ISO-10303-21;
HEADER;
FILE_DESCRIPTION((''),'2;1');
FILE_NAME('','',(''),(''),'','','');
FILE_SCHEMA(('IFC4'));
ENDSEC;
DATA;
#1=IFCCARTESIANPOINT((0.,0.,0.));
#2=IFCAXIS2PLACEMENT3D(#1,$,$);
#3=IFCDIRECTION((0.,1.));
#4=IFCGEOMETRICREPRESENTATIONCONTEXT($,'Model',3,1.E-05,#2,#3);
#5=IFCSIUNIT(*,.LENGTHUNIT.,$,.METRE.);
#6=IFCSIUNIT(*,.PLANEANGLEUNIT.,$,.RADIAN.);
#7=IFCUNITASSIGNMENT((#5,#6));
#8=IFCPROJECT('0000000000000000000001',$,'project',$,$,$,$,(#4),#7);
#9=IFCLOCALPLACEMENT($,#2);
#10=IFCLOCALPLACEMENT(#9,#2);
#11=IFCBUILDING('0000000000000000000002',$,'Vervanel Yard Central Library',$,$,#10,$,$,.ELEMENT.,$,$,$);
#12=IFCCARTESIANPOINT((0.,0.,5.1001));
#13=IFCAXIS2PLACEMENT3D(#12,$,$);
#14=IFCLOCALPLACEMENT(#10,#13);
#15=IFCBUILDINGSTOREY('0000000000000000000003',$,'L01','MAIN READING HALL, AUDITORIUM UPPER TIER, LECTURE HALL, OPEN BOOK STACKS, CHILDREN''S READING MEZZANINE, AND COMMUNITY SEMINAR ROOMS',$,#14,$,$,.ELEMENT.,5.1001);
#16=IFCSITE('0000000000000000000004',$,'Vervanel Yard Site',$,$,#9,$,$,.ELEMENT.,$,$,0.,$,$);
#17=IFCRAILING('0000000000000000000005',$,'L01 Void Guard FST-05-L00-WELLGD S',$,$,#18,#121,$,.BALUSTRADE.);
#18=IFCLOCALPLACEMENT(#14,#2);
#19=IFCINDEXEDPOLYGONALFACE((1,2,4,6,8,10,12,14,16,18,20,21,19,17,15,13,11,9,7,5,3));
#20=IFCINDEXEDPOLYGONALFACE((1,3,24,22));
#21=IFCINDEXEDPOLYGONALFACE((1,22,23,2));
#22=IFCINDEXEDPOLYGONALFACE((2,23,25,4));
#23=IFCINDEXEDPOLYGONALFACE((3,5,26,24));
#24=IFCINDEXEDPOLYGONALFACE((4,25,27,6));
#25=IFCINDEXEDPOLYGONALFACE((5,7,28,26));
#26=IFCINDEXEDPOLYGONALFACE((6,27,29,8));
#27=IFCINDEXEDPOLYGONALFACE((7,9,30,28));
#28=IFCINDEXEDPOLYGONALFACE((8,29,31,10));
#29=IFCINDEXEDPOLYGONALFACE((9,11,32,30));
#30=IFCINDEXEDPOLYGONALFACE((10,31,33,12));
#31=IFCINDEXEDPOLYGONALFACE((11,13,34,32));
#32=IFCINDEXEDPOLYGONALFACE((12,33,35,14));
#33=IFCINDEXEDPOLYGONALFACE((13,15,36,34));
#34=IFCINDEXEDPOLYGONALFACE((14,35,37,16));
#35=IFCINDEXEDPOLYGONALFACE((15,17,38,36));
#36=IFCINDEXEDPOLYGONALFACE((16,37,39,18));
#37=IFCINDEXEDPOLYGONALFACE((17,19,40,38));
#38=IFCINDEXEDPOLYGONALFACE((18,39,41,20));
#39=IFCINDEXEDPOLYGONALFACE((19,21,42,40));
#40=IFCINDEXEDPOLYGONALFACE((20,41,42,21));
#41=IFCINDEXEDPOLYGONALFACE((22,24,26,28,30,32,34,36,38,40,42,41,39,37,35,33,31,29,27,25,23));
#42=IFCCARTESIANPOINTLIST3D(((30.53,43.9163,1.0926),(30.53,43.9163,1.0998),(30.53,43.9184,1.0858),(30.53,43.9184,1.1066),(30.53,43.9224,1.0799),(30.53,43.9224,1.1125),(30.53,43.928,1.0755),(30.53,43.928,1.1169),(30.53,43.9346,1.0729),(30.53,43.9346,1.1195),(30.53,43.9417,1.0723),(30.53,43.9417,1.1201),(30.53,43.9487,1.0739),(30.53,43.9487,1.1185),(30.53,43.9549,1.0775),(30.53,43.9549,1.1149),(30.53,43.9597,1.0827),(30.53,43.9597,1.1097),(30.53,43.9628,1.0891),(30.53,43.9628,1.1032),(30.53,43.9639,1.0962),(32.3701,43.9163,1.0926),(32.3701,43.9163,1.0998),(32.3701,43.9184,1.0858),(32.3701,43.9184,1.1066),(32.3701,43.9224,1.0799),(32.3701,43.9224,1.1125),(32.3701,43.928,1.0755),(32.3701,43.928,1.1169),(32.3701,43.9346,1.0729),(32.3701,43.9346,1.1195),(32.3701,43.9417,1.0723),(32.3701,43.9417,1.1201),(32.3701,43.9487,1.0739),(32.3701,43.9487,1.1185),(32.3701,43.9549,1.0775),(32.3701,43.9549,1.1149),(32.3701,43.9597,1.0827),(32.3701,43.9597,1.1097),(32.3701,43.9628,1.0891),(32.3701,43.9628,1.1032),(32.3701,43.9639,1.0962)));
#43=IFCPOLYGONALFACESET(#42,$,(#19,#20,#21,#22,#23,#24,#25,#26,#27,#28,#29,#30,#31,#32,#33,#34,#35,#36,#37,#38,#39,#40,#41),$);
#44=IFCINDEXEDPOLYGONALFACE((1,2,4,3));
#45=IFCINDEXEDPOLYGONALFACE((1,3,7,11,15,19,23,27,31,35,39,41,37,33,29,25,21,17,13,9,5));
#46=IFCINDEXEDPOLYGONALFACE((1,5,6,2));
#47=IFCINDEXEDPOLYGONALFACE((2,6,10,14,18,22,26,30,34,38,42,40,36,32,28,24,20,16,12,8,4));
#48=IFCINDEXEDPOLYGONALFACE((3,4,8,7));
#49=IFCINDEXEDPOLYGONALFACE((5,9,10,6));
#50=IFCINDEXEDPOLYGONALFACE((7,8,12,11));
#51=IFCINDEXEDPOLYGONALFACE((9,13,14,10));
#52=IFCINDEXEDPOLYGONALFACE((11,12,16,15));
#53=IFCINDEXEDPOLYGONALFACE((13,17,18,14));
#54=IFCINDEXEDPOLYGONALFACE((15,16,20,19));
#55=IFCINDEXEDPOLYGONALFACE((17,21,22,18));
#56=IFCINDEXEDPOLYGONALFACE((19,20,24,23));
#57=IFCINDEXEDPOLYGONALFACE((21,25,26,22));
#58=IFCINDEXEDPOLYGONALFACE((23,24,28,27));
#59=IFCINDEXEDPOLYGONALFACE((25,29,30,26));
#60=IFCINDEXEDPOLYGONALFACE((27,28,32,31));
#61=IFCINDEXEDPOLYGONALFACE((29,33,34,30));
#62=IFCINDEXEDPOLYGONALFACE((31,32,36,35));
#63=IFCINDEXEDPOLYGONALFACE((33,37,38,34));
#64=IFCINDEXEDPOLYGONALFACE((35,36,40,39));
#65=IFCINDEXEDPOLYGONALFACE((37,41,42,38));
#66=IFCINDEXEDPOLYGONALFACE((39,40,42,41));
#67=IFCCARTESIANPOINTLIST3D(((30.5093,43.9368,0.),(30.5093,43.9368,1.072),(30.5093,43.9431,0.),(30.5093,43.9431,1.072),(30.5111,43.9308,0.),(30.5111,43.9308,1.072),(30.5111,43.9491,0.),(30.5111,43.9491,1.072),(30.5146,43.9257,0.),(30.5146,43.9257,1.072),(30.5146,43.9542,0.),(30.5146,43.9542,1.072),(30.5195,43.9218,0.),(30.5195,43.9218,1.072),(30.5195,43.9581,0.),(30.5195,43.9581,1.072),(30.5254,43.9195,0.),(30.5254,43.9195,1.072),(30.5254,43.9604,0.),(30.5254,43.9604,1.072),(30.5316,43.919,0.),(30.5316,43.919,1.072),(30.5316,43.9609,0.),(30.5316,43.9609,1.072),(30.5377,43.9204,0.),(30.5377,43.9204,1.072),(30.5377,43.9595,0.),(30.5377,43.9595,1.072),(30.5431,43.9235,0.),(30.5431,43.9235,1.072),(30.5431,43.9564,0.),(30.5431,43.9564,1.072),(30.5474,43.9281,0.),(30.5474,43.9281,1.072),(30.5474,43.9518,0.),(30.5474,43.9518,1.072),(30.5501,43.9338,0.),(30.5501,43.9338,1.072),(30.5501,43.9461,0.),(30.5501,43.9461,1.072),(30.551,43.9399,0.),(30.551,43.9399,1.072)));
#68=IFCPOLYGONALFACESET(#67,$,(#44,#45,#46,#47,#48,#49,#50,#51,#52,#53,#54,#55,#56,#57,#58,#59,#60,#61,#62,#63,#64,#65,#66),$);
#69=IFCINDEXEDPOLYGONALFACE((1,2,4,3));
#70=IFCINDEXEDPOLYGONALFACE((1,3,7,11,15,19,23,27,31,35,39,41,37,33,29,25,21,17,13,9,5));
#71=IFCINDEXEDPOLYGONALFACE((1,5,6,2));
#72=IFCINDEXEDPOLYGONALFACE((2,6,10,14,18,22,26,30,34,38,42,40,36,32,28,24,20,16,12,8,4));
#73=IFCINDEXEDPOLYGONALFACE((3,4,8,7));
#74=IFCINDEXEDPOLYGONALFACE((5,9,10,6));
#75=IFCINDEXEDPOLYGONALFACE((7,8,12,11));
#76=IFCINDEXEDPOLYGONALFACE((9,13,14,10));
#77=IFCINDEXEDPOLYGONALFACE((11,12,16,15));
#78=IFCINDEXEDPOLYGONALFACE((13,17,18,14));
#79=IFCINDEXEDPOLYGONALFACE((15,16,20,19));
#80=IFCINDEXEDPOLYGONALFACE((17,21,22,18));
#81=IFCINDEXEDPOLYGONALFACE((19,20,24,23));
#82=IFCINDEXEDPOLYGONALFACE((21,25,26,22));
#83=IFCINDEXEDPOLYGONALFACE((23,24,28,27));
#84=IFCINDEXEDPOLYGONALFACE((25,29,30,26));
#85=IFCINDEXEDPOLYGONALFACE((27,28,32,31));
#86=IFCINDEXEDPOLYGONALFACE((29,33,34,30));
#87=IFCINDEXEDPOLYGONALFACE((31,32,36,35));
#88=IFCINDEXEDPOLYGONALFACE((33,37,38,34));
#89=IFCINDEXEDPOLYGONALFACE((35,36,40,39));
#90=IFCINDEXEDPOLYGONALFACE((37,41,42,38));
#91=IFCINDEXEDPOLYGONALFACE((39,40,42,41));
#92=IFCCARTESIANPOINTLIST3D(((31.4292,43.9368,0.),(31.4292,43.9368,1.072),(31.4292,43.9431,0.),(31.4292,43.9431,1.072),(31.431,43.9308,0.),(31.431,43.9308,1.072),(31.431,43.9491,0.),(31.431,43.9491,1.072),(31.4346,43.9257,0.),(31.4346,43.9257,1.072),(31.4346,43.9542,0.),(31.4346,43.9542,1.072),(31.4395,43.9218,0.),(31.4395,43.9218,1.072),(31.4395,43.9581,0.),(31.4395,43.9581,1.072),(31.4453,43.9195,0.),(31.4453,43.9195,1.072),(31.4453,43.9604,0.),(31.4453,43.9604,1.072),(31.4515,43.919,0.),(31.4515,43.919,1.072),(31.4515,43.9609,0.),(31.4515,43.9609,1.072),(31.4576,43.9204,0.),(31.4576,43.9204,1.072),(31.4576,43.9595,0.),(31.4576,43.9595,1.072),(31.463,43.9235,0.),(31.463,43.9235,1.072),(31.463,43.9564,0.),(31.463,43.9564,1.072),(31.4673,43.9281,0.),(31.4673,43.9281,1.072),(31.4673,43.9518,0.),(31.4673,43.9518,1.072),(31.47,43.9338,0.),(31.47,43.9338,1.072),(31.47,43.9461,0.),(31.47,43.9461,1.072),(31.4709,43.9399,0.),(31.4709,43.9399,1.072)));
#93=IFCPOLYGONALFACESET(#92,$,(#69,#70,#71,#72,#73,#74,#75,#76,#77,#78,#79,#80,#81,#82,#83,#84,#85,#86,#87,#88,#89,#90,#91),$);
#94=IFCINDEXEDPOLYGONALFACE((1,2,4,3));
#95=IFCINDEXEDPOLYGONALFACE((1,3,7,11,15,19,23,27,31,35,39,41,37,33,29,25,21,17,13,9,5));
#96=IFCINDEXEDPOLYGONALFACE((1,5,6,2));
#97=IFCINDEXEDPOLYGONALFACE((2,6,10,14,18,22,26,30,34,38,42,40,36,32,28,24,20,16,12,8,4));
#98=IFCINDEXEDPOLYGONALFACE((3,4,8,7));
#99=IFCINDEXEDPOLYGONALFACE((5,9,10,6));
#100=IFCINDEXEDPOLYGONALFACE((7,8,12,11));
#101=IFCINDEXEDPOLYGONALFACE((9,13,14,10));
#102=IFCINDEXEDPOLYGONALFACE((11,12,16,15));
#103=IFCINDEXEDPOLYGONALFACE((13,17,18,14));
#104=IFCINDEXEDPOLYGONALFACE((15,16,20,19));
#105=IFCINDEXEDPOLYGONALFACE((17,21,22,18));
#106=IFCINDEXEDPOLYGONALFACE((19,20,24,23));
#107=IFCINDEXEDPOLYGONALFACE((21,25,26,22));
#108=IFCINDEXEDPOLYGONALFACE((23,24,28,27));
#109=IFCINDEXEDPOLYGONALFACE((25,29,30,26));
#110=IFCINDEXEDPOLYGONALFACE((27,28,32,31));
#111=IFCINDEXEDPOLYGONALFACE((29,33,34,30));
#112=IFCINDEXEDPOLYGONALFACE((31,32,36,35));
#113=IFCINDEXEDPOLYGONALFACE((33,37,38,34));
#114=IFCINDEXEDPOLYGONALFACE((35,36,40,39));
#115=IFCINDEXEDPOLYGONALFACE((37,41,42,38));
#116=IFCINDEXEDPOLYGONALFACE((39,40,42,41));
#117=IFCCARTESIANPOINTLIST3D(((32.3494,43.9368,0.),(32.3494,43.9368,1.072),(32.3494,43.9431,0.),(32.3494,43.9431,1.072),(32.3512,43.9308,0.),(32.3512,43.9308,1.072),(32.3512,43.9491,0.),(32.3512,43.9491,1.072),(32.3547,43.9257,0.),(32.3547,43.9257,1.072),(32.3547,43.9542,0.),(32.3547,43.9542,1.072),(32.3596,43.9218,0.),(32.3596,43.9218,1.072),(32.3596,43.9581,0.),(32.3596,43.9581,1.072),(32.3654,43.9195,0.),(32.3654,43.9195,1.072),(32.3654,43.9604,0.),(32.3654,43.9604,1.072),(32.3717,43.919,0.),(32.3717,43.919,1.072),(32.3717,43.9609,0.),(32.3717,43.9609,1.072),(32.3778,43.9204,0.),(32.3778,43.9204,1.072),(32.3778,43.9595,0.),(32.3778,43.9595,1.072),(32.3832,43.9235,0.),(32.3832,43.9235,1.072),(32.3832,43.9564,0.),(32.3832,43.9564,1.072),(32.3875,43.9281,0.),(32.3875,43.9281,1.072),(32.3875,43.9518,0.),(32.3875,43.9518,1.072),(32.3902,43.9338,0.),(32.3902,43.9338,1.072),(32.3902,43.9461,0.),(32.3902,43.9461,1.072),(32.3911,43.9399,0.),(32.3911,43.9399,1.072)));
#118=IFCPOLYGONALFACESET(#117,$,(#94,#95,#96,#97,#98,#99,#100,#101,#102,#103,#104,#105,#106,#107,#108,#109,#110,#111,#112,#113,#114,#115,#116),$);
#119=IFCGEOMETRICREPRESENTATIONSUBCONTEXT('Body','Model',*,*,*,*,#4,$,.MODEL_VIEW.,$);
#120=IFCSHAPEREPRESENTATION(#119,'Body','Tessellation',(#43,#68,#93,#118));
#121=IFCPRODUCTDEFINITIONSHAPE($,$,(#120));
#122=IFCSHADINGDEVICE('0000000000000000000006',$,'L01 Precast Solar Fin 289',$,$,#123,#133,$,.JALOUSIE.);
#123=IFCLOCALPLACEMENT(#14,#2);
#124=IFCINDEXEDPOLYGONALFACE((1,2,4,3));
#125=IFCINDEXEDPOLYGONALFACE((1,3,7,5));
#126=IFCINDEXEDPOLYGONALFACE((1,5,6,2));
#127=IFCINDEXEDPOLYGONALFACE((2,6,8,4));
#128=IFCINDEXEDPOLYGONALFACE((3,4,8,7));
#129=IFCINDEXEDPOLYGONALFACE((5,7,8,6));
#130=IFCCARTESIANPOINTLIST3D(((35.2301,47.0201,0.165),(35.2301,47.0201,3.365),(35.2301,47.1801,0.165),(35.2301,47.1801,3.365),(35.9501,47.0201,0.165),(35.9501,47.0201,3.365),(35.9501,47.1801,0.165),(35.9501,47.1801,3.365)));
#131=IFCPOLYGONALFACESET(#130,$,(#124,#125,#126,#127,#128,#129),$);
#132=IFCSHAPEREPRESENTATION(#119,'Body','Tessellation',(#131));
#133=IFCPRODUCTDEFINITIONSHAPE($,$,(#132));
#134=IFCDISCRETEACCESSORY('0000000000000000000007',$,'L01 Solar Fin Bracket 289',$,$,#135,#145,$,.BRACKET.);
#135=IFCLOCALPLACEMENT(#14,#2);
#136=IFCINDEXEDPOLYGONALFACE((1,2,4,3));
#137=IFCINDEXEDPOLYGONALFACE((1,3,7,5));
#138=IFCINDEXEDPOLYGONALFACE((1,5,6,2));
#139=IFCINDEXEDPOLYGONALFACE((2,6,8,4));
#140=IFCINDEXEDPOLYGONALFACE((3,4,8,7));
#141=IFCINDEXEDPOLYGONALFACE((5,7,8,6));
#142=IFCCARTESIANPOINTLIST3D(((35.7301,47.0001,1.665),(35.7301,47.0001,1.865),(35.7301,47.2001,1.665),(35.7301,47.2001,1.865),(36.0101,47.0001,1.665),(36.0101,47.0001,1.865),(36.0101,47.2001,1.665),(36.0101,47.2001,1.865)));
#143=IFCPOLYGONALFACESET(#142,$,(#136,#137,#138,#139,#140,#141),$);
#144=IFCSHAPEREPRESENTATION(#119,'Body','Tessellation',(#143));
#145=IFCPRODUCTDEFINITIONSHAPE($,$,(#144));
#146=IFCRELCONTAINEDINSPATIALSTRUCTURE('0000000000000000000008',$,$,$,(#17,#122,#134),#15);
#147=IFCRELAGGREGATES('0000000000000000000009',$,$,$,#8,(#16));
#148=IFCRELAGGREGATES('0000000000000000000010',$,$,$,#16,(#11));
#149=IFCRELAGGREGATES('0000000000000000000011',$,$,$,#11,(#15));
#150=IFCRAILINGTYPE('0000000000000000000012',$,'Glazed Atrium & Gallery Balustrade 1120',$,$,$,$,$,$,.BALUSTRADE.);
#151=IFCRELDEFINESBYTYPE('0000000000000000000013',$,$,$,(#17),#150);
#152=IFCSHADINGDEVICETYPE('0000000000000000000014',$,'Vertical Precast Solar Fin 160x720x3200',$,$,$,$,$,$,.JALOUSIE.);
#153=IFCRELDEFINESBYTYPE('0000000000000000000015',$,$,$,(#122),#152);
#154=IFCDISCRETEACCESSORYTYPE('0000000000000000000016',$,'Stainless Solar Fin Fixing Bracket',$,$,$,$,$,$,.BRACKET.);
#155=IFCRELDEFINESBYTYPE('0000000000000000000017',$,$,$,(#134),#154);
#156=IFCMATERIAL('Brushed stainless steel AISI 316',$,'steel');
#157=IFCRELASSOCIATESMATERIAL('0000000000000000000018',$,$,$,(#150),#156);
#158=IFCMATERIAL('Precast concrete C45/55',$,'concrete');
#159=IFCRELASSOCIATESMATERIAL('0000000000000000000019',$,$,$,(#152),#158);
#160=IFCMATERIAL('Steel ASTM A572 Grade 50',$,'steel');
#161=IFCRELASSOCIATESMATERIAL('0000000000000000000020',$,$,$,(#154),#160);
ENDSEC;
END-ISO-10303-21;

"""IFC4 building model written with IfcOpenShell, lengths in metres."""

from ifc_helpers import new_model, si_unit, direction, frame, origin, origin_2d, place, context, subcontext, project, spatial, rectangle, circle, extrude, material, type_object, element, save


model = new_model("IFC4")

# Units and contexts
model_context = context("Model", 3, precision=1e-05, world=origin(), true_north=direction((0.0, 1.0)))
body_context = subcontext(model_context, "Body", "Model", "MODEL_VIEW")
ifc_project = project(units=[si_unit("LENGTHUNIT", "METRE"), si_unit("PLANEANGLEUNIT", "RADIAN")], contexts=[model_context])

# Site, building, storey
site_placement = place(None, origin())
site = spatial("IfcSite", under=ifc_project, at=site_placement, Name="Vervanel Yard Site", CompositionType="ELEMENT", RefElevation=0.0)
building_placement = place(site_placement, origin())
building = spatial("IfcBuilding", under=site, at=building_placement, Name="Vervanel Yard Central Library", CompositionType="ELEMENT")
storey_placement = place(building_placement, frame((0.0, 0.0, 5.1001)))
storey = spatial("IfcBuildingStorey", under=building, at=storey_placement, Name="L01", Description="MAIN READING HALL, AUDITORIUM UPPER TIER, LECTURE HALL, OPEN BOOK STACKS, CHILDREN'S READING MEZZANINE, AND COMMUNITY SEMINAR ROOMS", CompositionType="ELEMENT", Elevation=5.1001)

# Railing
ifc_material_1 = material(Name="Brushed stainless steel AISI 316", Category="steel")
railing_type = type_object("IfcRailingType", Name="Glazed Atrium & Gallery Balustrade 1120", PredefinedType="BALUSTRADE", material=ifc_material_1)
railing_1_placement = place(storey_placement, frame((30.53, 43.9399, 0.0)))
element("IfcRailing", 1, at=railing_1_placement, inside=storey, type_object=railing_type, Name="L01 Void Guard FST-05-L00-WELLGD S", PredefinedType="BALUSTRADE", context=body_context, shape_type="SweptSolid", body=[
    extrude(circle(Radius=0.0239, at=origin_2d()), frame((0.0, 0.0, 1.0962), z_axis=(1.0, 0.0, 0.0), x_axis=(0.0, 1.0, 0.0)), (0.0, 0.0, 1.0), 1.8401),
    extrude(circle(Radius=0.021, at=origin_2d()), origin(), (0.0, 0.0, 1.0), 1.072),
    extrude(circle(Radius=0.021, at=origin_2d()), frame((0.9199, 0.0, 0.0)), (0.0, 0.0, 1.0), 1.072),
    extrude(circle(Radius=0.021, at=origin_2d()), frame((1.8401, 0.0, 0.0)), (0.0, 0.0, 1.0), 1.072),
])

# Shading device
ifc_material_2 = material(Name="Precast concrete C45/55", Category="concrete")
shading_device_type = type_object("IfcShadingDeviceType", Name="Vertical Precast Solar Fin 160x720x3200", PredefinedType="JALOUSIE", material=ifc_material_2)
shading_device_placement = place(storey_placement, frame((35.5901, 47.1001, 0.165), z_axis=(0.0, 0.0, 1.0), x_axis=(0.0, 1.0, 0.0)))
element("IfcShadingDevice", 2, at=shading_device_placement, inside=storey, type_object=shading_device_type, Name="L01 Precast Solar Fin 289", PredefinedType="JALOUSIE", context=body_context, shape_type="SweptSolid", body=[
    extrude(rectangle(XDim=0.1599, YDim=0.72, at=origin_2d()), origin(), (0.0, 0.0, 1.0), 3.2),
])

# Discrete accessory
ifc_material_3 = material(Name="Steel ASTM A572 Grade 50", Category="steel")
discrete_accessory_type = type_object("IfcDiscreteAccessoryType", Name="Stainless Solar Fin Fixing Bracket", PredefinedType="BRACKET", material=ifc_material_3)
discrete_accessory_placement = place(storey_placement, frame((35.8701, 47.1001, 1.665), z_axis=(0.0, 0.0, 1.0), x_axis=(0.0, 1.0, 0.0)))
element("IfcDiscreteAccessory", 3, at=discrete_accessory_placement, inside=storey, type_object=discrete_accessory_type, Name="L01 Solar Fin Bracket 289", PredefinedType="BRACKET", context=body_context, shape_type="SweptSolid", body=[
    extrude(rectangle(XDim=0.2, YDim=0.28, at=origin_2d()), origin(), (0.0, 0.0, 1.0), 0.2),
])

save(model, "model.ifc")
